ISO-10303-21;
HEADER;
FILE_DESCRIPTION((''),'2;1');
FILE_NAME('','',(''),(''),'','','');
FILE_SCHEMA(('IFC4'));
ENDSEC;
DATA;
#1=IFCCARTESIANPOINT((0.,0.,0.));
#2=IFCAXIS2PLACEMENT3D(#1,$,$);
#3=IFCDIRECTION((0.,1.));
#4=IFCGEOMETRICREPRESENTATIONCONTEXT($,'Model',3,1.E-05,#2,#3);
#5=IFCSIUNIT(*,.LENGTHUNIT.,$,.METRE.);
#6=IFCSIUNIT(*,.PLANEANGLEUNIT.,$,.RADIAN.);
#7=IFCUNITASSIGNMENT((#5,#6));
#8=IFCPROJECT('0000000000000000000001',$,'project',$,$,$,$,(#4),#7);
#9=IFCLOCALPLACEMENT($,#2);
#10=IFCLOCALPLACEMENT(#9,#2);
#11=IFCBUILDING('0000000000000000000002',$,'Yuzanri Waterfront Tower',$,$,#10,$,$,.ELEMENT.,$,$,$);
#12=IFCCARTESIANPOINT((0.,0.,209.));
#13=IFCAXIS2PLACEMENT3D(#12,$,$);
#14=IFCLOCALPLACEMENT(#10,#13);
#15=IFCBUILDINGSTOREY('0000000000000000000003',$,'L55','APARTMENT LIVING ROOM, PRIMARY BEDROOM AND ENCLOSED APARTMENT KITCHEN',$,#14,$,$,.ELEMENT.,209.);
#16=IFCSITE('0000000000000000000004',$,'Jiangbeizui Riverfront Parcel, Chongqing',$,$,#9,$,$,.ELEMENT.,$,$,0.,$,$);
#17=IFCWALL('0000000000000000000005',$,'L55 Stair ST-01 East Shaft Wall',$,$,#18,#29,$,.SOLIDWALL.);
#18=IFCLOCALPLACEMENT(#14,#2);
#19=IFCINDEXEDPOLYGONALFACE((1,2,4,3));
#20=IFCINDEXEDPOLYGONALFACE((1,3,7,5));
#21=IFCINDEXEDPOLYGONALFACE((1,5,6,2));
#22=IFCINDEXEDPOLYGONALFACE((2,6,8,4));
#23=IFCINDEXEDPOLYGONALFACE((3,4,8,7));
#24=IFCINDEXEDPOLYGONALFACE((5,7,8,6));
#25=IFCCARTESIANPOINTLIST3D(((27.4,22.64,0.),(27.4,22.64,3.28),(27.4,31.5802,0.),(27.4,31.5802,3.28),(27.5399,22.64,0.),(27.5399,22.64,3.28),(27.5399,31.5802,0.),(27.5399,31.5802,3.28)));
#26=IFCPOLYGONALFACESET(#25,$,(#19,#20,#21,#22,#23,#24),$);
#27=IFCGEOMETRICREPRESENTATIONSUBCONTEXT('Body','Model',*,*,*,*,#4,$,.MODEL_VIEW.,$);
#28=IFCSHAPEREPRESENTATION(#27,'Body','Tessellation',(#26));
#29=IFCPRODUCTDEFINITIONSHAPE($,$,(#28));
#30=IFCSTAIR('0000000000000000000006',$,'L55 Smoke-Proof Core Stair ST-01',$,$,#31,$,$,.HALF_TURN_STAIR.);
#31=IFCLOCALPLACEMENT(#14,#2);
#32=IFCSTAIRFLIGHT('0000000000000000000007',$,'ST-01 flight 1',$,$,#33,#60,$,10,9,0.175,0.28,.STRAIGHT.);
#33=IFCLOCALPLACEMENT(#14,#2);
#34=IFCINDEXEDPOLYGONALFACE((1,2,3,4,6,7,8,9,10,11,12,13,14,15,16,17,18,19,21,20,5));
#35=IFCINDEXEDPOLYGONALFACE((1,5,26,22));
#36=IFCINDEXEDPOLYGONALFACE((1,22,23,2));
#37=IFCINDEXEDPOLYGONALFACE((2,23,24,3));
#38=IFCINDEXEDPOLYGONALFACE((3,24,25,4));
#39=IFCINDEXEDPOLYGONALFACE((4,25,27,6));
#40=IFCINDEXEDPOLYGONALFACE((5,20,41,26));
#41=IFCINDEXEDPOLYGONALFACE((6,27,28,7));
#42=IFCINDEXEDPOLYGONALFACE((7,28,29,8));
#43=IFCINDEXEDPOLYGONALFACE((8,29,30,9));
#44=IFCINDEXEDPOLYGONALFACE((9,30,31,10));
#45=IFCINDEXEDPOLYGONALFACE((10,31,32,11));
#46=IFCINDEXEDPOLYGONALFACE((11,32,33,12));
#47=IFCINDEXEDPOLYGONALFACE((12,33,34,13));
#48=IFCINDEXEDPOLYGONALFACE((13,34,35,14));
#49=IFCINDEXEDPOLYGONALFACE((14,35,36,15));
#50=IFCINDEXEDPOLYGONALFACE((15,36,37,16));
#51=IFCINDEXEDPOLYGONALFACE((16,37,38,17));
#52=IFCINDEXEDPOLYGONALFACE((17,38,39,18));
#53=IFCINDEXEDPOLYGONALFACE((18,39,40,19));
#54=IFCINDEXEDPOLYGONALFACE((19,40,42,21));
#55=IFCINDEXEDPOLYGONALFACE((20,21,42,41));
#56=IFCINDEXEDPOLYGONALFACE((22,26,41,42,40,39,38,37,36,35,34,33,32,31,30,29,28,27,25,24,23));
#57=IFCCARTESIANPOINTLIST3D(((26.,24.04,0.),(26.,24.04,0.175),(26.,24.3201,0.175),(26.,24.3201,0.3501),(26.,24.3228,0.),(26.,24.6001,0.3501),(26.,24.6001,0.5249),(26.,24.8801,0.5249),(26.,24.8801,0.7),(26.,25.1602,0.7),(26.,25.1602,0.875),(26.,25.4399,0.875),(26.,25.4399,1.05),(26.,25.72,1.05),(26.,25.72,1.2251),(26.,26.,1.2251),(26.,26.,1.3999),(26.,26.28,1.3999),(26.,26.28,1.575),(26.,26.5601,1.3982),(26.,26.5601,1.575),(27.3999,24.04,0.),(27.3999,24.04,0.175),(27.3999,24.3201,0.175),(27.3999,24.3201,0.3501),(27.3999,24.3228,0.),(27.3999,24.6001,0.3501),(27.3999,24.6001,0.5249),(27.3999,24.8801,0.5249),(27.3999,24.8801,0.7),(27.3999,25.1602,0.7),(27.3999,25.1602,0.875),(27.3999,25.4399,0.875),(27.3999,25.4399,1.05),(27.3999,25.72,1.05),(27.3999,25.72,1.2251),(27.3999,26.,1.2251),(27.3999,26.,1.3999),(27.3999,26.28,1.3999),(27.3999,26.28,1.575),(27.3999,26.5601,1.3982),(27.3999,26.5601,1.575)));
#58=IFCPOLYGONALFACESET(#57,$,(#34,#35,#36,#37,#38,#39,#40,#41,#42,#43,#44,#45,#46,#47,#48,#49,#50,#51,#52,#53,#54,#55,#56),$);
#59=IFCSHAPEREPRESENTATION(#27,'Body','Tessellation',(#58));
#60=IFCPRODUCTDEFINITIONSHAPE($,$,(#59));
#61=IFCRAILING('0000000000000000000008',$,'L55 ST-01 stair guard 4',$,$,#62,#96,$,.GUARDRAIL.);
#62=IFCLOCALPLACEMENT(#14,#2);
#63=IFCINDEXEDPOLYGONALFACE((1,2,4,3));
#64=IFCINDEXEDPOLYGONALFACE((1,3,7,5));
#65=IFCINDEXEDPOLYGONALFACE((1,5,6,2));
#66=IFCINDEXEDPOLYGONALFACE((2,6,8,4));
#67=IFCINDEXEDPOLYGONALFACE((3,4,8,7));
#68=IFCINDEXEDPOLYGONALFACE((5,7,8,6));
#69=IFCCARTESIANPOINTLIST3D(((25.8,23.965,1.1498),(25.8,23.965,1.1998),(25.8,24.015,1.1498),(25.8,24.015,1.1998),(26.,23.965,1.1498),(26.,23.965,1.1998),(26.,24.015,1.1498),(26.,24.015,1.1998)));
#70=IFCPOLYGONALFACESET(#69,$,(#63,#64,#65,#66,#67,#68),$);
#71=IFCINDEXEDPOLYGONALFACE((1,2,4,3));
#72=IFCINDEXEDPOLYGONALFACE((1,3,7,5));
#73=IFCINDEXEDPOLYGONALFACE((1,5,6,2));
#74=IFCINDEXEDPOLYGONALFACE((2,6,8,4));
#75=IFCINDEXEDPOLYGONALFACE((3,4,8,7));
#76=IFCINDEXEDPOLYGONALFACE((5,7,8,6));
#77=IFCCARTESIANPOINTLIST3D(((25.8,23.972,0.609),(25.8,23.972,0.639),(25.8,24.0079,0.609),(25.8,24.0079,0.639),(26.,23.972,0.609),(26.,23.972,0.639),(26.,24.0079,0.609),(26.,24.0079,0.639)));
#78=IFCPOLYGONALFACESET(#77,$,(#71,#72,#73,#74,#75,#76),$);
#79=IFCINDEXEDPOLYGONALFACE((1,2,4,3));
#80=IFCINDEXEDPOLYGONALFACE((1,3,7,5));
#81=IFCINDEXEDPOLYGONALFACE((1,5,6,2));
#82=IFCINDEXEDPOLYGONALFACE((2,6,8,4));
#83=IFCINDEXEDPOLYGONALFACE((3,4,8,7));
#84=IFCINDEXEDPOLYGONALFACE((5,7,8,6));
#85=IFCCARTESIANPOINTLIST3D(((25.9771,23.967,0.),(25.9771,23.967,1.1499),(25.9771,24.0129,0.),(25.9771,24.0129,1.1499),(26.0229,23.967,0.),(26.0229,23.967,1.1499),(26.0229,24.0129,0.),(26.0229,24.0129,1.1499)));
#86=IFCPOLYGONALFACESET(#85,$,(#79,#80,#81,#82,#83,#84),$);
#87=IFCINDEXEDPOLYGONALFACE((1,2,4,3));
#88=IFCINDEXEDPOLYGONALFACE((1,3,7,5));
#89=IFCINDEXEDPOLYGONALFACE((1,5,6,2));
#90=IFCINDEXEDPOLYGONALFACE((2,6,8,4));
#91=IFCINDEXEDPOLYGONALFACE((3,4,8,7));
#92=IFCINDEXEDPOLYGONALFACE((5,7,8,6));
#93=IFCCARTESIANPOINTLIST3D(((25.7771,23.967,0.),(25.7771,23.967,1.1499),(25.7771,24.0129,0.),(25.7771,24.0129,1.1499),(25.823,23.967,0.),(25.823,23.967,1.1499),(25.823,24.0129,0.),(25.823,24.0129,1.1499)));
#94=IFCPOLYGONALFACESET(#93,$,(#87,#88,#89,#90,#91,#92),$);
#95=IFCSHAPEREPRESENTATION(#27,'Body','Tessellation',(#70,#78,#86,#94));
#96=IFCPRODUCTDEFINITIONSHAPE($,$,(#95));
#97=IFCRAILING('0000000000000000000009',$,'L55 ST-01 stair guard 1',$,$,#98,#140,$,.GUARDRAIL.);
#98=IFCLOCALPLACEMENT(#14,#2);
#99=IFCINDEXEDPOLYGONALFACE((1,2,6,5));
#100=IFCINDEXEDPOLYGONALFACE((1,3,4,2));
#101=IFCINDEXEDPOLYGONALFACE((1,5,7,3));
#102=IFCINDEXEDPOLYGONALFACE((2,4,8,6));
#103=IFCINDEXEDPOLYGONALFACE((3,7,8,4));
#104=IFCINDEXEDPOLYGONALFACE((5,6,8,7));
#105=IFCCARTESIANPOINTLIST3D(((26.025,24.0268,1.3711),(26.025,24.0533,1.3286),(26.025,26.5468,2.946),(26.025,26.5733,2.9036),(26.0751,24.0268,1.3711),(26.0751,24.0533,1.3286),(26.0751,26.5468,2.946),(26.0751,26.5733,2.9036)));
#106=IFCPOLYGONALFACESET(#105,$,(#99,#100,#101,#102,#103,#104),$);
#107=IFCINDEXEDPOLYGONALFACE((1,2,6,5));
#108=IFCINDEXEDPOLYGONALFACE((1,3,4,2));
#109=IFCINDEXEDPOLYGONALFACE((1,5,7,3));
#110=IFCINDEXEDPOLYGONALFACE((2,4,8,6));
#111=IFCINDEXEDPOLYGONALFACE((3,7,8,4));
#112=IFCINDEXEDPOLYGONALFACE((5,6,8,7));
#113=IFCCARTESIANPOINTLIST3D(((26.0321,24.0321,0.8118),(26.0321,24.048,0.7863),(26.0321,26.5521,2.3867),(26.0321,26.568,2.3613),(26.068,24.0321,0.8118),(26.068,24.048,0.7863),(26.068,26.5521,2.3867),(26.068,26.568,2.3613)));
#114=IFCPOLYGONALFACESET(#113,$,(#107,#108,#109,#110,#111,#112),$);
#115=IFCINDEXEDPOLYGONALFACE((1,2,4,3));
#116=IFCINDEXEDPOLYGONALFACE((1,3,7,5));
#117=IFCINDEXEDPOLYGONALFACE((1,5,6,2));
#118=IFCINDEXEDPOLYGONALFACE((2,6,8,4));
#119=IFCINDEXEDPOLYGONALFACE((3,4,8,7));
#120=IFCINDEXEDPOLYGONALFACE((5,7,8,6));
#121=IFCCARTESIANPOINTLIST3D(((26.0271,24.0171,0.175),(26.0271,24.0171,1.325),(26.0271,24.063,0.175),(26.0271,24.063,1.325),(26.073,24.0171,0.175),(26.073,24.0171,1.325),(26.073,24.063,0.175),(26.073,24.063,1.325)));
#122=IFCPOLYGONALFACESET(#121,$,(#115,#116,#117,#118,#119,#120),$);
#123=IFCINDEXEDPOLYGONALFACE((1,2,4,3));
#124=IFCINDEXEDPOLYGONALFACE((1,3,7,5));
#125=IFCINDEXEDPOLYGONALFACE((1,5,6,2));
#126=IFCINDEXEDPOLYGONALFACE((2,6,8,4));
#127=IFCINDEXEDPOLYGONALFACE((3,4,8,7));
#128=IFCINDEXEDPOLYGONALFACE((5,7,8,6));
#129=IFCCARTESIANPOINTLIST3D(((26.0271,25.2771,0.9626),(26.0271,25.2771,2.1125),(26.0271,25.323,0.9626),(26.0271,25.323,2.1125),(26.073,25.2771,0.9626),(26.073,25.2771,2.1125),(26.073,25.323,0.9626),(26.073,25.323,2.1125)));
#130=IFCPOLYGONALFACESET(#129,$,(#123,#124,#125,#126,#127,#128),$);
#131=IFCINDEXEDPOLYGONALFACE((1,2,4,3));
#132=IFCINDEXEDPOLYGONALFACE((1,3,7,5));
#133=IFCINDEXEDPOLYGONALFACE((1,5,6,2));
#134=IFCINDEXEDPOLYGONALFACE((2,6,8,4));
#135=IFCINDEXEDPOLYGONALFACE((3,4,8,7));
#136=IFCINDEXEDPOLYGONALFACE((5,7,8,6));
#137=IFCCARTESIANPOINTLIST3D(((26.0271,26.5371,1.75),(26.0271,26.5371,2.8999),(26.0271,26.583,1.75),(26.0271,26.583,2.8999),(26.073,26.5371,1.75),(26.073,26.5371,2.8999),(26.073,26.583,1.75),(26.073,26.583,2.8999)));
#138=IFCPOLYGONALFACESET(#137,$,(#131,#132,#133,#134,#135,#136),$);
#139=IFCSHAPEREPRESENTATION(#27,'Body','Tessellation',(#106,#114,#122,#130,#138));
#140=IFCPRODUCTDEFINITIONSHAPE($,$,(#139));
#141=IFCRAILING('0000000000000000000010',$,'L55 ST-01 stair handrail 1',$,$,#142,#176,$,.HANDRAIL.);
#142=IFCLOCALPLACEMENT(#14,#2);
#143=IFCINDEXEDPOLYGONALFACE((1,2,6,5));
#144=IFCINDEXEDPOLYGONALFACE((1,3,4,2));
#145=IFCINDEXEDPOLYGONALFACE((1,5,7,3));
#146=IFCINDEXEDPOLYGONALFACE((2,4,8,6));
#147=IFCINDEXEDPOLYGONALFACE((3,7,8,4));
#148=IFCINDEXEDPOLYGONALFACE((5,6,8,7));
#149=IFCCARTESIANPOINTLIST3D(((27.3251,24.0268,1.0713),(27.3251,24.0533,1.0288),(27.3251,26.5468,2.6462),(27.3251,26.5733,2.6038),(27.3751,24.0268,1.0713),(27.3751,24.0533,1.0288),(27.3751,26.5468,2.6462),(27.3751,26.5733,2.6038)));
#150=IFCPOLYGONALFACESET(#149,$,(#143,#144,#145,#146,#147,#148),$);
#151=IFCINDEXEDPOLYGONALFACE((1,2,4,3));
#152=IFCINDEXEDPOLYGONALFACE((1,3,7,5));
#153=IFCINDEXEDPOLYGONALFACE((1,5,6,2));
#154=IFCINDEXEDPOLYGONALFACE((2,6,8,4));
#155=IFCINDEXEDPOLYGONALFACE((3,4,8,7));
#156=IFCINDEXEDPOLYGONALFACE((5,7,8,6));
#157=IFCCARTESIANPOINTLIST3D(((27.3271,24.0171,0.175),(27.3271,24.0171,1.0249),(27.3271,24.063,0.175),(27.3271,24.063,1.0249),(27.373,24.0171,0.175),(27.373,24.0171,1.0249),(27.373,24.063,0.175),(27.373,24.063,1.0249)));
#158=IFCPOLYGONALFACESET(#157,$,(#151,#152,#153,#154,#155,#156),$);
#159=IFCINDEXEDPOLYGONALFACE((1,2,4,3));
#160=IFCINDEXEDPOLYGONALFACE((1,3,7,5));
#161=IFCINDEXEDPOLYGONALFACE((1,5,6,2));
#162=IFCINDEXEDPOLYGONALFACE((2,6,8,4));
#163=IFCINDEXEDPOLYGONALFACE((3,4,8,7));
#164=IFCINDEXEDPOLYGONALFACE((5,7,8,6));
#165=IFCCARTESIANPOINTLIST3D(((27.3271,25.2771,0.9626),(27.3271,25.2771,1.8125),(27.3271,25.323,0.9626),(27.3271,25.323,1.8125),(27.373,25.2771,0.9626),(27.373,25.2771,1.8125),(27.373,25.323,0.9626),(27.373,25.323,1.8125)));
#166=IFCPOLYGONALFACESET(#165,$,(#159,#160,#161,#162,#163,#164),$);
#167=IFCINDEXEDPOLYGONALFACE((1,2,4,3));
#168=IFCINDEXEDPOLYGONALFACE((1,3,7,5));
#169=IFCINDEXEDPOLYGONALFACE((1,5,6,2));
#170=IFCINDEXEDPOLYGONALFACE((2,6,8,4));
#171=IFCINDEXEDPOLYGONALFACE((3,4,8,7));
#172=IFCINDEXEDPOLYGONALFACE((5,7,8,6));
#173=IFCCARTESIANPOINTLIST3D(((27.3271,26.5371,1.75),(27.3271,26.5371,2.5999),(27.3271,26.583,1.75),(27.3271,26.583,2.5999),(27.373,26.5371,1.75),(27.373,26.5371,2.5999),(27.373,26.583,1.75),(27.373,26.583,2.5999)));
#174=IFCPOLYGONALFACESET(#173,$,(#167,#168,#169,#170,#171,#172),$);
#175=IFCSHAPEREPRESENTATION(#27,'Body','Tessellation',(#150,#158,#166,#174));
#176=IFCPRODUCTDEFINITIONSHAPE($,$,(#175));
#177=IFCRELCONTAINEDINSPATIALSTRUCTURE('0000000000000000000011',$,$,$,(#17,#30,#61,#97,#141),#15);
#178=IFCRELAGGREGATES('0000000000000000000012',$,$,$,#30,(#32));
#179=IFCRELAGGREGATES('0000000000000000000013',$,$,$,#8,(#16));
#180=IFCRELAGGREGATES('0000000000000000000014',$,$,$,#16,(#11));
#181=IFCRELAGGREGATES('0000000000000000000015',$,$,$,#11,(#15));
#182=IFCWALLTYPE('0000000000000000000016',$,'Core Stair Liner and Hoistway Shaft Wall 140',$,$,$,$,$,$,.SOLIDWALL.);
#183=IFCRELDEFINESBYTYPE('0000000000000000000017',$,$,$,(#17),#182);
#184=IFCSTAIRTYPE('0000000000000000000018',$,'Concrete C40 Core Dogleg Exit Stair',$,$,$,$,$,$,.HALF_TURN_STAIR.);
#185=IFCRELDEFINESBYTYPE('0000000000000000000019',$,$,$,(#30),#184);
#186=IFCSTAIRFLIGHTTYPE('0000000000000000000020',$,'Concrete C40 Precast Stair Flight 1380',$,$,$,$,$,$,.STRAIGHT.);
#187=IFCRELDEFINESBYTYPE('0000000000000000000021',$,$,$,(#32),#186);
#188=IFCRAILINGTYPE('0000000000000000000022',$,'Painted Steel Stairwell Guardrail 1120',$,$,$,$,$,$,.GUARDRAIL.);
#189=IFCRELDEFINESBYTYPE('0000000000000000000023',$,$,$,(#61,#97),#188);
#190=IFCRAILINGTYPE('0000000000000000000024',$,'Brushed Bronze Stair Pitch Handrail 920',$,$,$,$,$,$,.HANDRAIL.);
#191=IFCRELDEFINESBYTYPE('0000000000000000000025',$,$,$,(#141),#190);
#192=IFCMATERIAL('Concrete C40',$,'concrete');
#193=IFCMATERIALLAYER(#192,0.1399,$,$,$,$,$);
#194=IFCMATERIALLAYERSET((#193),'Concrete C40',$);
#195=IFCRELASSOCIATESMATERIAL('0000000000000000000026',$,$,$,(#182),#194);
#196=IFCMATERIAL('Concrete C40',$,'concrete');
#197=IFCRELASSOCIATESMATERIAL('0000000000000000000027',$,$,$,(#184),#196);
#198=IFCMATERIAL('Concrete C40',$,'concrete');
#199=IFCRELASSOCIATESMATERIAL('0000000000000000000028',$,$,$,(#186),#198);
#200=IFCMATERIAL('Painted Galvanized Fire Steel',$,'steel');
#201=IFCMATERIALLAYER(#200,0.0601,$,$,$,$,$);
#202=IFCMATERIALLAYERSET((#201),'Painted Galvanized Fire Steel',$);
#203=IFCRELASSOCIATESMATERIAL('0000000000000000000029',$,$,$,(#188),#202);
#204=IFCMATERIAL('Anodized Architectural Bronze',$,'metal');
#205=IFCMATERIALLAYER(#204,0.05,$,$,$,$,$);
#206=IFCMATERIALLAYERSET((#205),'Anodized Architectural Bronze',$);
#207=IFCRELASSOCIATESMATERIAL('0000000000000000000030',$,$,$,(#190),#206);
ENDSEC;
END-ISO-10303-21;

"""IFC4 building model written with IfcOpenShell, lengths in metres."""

from ifc_helpers import new_model, si_unit, direction, frame, frame_2d, origin, origin_2d, place, context, subcontext, project, spatial, polyline, rectangle, outline, extrude, source, transform, mapped, material, layer, layer_set, type_object, element, aggregate, save


model = new_model("IFC4")

# Units and contexts
model_context = context("Model", 3, precision=1e-05, world=origin(), true_north=direction((0.0, 1.0)))
body_context = subcontext(model_context, "Body", "Model", "MODEL_VIEW")
ifc_project = project(units=[si_unit("LENGTHUNIT", "METRE"), si_unit("PLANEANGLEUNIT", "RADIAN")], contexts=[model_context])

# Site, building, storey
site_placement = place(None, origin())
site = spatial("IfcSite", under=ifc_project, at=site_placement, Name="Jiangbeizui Riverfront Parcel, Chongqing", CompositionType="ELEMENT", RefElevation=0.0)
building_placement = place(site_placement, origin())
building = spatial("IfcBuilding", under=site, at=building_placement, Name="Yuzanri Waterfront Tower", CompositionType="ELEMENT")
storey_placement = place(building_placement, frame((0.0, 0.0, 209.0)))
storey = spatial("IfcBuildingStorey", under=building, at=storey_placement, Name="L55", Description="APARTMENT LIVING ROOM, PRIMARY BEDROOM AND ENCLOSED APARTMENT KITCHEN", CompositionType="ELEMENT", Elevation=209.0)

# Shared definitions
ifc_material_1 = material(Name="Concrete C40", Category="concrete")
ifc_layer_1 = layer(ifc_material_1, 0.1399)
ifc_layer_set_1 = layer_set([ifc_layer_1], Name="Concrete C40")
wall_type_1 = type_object("IfcWallType", Name="Core Stair Liner and Hoistway Shaft Wall 140", PredefinedType="SOLIDWALL", material=ifc_layer_set_1)

# Wall
shared_shape_1 = source(origin(), body_context, "Body", "SweptSolid", [
    extrude(rectangle(XDim=8.9402, YDim=0.1399, at=frame_2d((4.4702, 0.0))), origin(), (0.0, 0.0, 1.0), 3.28),
])
for number, where, z_axis, x_axis, name in (
    (1, (27.47, 22.6399, 0.0), (0.0, 0.0, 1.0), (0.0, 1.0, 0.0), "L55 Stair ST-01 East Shaft Wall"),
):
    element("IfcWall", number, at=place(storey_placement, frame(where, z_axis=z_axis, x_axis=x_axis)), inside=storey, type_object=wall_type_1, Name=name, PredefinedType="SOLIDWALL", context=body_context, shape_type="MappedRepresentation", body=[
        mapped(shared_shape_1, transform((0.0, 0.0, 0.0), scale=1.0)),
    ])

# Stair, stair flight
ifc_material_2 = material(Name="Concrete C40", Category="concrete")
stair_type = type_object("IfcStairType", Name="Concrete C40 Core Dogleg Exit Stair", PredefinedType="HALF_TURN_STAIR", material=ifc_material_2)
stair_placement = place(storey_placement, origin())
stair = element("IfcStair", 2, at=stair_placement, inside=storey, type_object=stair_type, Name="L55 Smoke-Proof Core Stair ST-01", PredefinedType="HALF_TURN_STAIR")
ifc_material_3 = material(Name="Concrete C40", Category="concrete")
stair_flight_type = type_object("IfcStairFlightType", Name="Concrete C40 Precast Stair Flight 1380", PredefinedType="STRAIGHT", material=ifc_material_3)
shared_shape_2 = source(origin(), body_context, "Body", "SweptSolid", [
    extrude(outline(polyline([(0.0, 0.0), (0.0, 0.175), (0.28, 0.175), (0.28, 0.3501), (0.5601, 0.3501), (0.5601, 0.5249), (0.8401, 0.5249), (0.8401, 0.7), (1.1201, 0.7), (1.1201, 0.875), (1.3999, 0.875), (1.3999, 1.05), (1.6799, 1.05), (1.6799, 1.2251), (1.96, 1.2251), (1.96, 1.3999), (2.24, 1.3999), (2.24, 1.575), (2.52, 1.575), (2.52, 1.75), (2.52, 1.3982), (0.2827, 0.0), (0.0, 0.0)])), frame((0.0, 0.7, 0.0), z_axis=(0.0, -1.0, 0.0), x_axis=(1.0, 0.0, 0.0)), (0.0, 0.0, 1.0), 1.3999),
])
stair_flight_placement = place(storey_placement, frame((26.7, 24.04, 0.0), z_axis=(0.0, 0.0, 1.0), x_axis=(0.0, 1.0, 0.0)))
stair_flight = element("IfcStairFlight", 3, at=stair_flight_placement, type_object=stair_flight_type, Name="ST-01 flight 1", NumberOfRisers=10, NumberOfTreads=9, PredefinedType="STRAIGHT", RiserHeight=0.175, TreadLength=0.28, context=body_context, shape_type="MappedRepresentation", body=[
    mapped(shared_shape_2, transform((0.0, 0.0, 0.0), scale=1.0)),
])
aggregate(stair, [stair_flight])

# Railings
ifc_material_4 = material(Name="Painted Galvanized Fire Steel", Category="steel")
ifc_layer_2 = layer(ifc_material_4, 0.0601)
ifc_layer_set_2 = layer_set([ifc_layer_2], Name="Painted Galvanized Fire Steel")
railing_type_1 = type_object("IfcRailingType", Name="Painted Steel Stairwell Guardrail 1120", PredefinedType="GUARDRAIL", material=ifc_layer_set_2)
shared_shape_3 = source(origin(), body_context, "Body", "SweptSolid", [
    extrude(rectangle(XDim=0.05, YDim=0.05, at=origin_2d()), frame((0.0, 0.0, 1.1748), z_axis=(-1.0, 0.0, 0.0), x_axis=(0.0, -1.0, 0.0)), (0.0, 0.0, 1.0), 0.2),
    extrude(rectangle(XDim=0.0359, YDim=0.03, at=origin_2d()), frame((0.0, 0.0, 0.624), z_axis=(-1.0, 0.0, 0.0), x_axis=(0.0, -1.0, 0.0)), (0.0, 0.0, 1.0), 0.2),
    extrude(rectangle(XDim=0.0459, YDim=0.0459, at=origin_2d()), origin(), (0.0, 0.0, 1.0), 1.1499),
    extrude(rectangle(XDim=0.0459, YDim=0.0459, at=origin_2d()), frame((-0.2, 0.0, 0.0)), (0.0, 0.0, 1.0), 1.1499),
])
railing_1_placement = place(storey_placement, frame((26.0, 23.99, 0.0)))
element("IfcRailing", 4, at=railing_1_placement, inside=storey, type_object=railing_type_1, Name="L55 ST-01 stair guard 4", PredefinedType="GUARDRAIL", context=body_context, shape_type="MappedRepresentation", body=[
    mapped(shared_shape_3, transform((0.0, 0.0, 0.0), scale=1.0)),
])
shared_shape_4 = source(origin(), body_context, "Body", "SweptSolid", [
    extrude(rectangle(XDim=0.05, YDim=0.05, at=origin_2d()), frame((0.0, 0.0, 1.1748), z_axis=(0.0, 0.848008, 0.529984), x_axis=(-1.0, 0.0, 0.0)), (0.0, 0.0, 1.0), 2.9717),
    extrude(rectangle(XDim=0.0359, YDim=0.03, at=origin_2d()), frame((0.0, 0.0, 0.624), z_axis=(0.0, 0.848008, 0.529984), x_axis=(-1.0, 0.0, 0.0)), (0.0, 0.0, 1.0), 2.9717),
    extrude(rectangle(XDim=0.0459, YDim=0.0459, at=origin_2d()), origin(), (0.0, 0.0, 1.0), 1.1499),
    extrude(rectangle(XDim=0.0459, YDim=0.0459, at=origin_2d()), frame((0.0, 1.26, 0.7876)), (0.0, 0.0, 1.0), 1.1499),
    extrude(rectangle(XDim=0.0459, YDim=0.0459, at=origin_2d()), frame((0.0, 2.52, 1.575)), (0.0, 0.0, 1.0), 1.1499),
])
railing_2_placement = place(storey_placement, frame((26.05, 24.04, 0.175)))
element("IfcRailing", 5, at=railing_2_placement, inside=storey, type_object=railing_type_1, Name="L55 ST-01 stair guard 1", PredefinedType="GUARDRAIL", context=body_context, shape_type="MappedRepresentation", body=[
    mapped(shared_shape_4, transform((0.0, 0.0, 0.0), scale=1.0)),
])
ifc_material_5 = material(Name="Anodized Architectural Bronze", Category="metal")
ifc_layer_3 = layer(ifc_material_5, 0.05)
ifc_layer_set_3 = layer_set([ifc_layer_3], Name="Anodized Architectural Bronze")
railing_type_2 = type_object("IfcRailingType", Name="Brushed Bronze Stair Pitch Handrail 920", PredefinedType="HANDRAIL", material=ifc_layer_set_3)
shared_shape_5 = source(origin(), body_context, "Body", "SweptSolid", [
    extrude(rectangle(XDim=0.05, YDim=0.05, at=origin_2d()), frame((0.0, 0.0, 0.875), z_axis=(0.0, 0.848008, 0.529984), x_axis=(-1.0, 0.0, 0.0)), (0.0, 0.0, 1.0), 2.9717),
    extrude(rectangle(XDim=0.0459, YDim=0.0459, at=origin_2d()), origin(), (0.0, 0.0, 1.0), 0.8499),
    extrude(rectangle(XDim=0.0459, YDim=0.0459, at=origin_2d()), frame((0.0, 1.26, 0.7876)), (0.0, 0.0, 1.0), 0.8499),
    extrude(rectangle(XDim=0.0459, YDim=0.0459, at=origin_2d()), frame((0.0, 2.52, 1.575)), (0.0, 0.0, 1.0), 0.8499),
])
railing_3_placement = place(storey_placement, frame((27.3501, 24.04, 0.175)))
element("IfcRailing", 6, at=railing_3_placement, inside=storey, type_object=railing_type_2, Name="L55 ST-01 stair handrail 1", PredefinedType="HANDRAIL", context=body_context, shape_type="MappedRepresentation", body=[
    mapped(shared_shape_5, transform((0.0, 0.0, 0.0), scale=1.0)),
])

save(model, "model.ifc")
